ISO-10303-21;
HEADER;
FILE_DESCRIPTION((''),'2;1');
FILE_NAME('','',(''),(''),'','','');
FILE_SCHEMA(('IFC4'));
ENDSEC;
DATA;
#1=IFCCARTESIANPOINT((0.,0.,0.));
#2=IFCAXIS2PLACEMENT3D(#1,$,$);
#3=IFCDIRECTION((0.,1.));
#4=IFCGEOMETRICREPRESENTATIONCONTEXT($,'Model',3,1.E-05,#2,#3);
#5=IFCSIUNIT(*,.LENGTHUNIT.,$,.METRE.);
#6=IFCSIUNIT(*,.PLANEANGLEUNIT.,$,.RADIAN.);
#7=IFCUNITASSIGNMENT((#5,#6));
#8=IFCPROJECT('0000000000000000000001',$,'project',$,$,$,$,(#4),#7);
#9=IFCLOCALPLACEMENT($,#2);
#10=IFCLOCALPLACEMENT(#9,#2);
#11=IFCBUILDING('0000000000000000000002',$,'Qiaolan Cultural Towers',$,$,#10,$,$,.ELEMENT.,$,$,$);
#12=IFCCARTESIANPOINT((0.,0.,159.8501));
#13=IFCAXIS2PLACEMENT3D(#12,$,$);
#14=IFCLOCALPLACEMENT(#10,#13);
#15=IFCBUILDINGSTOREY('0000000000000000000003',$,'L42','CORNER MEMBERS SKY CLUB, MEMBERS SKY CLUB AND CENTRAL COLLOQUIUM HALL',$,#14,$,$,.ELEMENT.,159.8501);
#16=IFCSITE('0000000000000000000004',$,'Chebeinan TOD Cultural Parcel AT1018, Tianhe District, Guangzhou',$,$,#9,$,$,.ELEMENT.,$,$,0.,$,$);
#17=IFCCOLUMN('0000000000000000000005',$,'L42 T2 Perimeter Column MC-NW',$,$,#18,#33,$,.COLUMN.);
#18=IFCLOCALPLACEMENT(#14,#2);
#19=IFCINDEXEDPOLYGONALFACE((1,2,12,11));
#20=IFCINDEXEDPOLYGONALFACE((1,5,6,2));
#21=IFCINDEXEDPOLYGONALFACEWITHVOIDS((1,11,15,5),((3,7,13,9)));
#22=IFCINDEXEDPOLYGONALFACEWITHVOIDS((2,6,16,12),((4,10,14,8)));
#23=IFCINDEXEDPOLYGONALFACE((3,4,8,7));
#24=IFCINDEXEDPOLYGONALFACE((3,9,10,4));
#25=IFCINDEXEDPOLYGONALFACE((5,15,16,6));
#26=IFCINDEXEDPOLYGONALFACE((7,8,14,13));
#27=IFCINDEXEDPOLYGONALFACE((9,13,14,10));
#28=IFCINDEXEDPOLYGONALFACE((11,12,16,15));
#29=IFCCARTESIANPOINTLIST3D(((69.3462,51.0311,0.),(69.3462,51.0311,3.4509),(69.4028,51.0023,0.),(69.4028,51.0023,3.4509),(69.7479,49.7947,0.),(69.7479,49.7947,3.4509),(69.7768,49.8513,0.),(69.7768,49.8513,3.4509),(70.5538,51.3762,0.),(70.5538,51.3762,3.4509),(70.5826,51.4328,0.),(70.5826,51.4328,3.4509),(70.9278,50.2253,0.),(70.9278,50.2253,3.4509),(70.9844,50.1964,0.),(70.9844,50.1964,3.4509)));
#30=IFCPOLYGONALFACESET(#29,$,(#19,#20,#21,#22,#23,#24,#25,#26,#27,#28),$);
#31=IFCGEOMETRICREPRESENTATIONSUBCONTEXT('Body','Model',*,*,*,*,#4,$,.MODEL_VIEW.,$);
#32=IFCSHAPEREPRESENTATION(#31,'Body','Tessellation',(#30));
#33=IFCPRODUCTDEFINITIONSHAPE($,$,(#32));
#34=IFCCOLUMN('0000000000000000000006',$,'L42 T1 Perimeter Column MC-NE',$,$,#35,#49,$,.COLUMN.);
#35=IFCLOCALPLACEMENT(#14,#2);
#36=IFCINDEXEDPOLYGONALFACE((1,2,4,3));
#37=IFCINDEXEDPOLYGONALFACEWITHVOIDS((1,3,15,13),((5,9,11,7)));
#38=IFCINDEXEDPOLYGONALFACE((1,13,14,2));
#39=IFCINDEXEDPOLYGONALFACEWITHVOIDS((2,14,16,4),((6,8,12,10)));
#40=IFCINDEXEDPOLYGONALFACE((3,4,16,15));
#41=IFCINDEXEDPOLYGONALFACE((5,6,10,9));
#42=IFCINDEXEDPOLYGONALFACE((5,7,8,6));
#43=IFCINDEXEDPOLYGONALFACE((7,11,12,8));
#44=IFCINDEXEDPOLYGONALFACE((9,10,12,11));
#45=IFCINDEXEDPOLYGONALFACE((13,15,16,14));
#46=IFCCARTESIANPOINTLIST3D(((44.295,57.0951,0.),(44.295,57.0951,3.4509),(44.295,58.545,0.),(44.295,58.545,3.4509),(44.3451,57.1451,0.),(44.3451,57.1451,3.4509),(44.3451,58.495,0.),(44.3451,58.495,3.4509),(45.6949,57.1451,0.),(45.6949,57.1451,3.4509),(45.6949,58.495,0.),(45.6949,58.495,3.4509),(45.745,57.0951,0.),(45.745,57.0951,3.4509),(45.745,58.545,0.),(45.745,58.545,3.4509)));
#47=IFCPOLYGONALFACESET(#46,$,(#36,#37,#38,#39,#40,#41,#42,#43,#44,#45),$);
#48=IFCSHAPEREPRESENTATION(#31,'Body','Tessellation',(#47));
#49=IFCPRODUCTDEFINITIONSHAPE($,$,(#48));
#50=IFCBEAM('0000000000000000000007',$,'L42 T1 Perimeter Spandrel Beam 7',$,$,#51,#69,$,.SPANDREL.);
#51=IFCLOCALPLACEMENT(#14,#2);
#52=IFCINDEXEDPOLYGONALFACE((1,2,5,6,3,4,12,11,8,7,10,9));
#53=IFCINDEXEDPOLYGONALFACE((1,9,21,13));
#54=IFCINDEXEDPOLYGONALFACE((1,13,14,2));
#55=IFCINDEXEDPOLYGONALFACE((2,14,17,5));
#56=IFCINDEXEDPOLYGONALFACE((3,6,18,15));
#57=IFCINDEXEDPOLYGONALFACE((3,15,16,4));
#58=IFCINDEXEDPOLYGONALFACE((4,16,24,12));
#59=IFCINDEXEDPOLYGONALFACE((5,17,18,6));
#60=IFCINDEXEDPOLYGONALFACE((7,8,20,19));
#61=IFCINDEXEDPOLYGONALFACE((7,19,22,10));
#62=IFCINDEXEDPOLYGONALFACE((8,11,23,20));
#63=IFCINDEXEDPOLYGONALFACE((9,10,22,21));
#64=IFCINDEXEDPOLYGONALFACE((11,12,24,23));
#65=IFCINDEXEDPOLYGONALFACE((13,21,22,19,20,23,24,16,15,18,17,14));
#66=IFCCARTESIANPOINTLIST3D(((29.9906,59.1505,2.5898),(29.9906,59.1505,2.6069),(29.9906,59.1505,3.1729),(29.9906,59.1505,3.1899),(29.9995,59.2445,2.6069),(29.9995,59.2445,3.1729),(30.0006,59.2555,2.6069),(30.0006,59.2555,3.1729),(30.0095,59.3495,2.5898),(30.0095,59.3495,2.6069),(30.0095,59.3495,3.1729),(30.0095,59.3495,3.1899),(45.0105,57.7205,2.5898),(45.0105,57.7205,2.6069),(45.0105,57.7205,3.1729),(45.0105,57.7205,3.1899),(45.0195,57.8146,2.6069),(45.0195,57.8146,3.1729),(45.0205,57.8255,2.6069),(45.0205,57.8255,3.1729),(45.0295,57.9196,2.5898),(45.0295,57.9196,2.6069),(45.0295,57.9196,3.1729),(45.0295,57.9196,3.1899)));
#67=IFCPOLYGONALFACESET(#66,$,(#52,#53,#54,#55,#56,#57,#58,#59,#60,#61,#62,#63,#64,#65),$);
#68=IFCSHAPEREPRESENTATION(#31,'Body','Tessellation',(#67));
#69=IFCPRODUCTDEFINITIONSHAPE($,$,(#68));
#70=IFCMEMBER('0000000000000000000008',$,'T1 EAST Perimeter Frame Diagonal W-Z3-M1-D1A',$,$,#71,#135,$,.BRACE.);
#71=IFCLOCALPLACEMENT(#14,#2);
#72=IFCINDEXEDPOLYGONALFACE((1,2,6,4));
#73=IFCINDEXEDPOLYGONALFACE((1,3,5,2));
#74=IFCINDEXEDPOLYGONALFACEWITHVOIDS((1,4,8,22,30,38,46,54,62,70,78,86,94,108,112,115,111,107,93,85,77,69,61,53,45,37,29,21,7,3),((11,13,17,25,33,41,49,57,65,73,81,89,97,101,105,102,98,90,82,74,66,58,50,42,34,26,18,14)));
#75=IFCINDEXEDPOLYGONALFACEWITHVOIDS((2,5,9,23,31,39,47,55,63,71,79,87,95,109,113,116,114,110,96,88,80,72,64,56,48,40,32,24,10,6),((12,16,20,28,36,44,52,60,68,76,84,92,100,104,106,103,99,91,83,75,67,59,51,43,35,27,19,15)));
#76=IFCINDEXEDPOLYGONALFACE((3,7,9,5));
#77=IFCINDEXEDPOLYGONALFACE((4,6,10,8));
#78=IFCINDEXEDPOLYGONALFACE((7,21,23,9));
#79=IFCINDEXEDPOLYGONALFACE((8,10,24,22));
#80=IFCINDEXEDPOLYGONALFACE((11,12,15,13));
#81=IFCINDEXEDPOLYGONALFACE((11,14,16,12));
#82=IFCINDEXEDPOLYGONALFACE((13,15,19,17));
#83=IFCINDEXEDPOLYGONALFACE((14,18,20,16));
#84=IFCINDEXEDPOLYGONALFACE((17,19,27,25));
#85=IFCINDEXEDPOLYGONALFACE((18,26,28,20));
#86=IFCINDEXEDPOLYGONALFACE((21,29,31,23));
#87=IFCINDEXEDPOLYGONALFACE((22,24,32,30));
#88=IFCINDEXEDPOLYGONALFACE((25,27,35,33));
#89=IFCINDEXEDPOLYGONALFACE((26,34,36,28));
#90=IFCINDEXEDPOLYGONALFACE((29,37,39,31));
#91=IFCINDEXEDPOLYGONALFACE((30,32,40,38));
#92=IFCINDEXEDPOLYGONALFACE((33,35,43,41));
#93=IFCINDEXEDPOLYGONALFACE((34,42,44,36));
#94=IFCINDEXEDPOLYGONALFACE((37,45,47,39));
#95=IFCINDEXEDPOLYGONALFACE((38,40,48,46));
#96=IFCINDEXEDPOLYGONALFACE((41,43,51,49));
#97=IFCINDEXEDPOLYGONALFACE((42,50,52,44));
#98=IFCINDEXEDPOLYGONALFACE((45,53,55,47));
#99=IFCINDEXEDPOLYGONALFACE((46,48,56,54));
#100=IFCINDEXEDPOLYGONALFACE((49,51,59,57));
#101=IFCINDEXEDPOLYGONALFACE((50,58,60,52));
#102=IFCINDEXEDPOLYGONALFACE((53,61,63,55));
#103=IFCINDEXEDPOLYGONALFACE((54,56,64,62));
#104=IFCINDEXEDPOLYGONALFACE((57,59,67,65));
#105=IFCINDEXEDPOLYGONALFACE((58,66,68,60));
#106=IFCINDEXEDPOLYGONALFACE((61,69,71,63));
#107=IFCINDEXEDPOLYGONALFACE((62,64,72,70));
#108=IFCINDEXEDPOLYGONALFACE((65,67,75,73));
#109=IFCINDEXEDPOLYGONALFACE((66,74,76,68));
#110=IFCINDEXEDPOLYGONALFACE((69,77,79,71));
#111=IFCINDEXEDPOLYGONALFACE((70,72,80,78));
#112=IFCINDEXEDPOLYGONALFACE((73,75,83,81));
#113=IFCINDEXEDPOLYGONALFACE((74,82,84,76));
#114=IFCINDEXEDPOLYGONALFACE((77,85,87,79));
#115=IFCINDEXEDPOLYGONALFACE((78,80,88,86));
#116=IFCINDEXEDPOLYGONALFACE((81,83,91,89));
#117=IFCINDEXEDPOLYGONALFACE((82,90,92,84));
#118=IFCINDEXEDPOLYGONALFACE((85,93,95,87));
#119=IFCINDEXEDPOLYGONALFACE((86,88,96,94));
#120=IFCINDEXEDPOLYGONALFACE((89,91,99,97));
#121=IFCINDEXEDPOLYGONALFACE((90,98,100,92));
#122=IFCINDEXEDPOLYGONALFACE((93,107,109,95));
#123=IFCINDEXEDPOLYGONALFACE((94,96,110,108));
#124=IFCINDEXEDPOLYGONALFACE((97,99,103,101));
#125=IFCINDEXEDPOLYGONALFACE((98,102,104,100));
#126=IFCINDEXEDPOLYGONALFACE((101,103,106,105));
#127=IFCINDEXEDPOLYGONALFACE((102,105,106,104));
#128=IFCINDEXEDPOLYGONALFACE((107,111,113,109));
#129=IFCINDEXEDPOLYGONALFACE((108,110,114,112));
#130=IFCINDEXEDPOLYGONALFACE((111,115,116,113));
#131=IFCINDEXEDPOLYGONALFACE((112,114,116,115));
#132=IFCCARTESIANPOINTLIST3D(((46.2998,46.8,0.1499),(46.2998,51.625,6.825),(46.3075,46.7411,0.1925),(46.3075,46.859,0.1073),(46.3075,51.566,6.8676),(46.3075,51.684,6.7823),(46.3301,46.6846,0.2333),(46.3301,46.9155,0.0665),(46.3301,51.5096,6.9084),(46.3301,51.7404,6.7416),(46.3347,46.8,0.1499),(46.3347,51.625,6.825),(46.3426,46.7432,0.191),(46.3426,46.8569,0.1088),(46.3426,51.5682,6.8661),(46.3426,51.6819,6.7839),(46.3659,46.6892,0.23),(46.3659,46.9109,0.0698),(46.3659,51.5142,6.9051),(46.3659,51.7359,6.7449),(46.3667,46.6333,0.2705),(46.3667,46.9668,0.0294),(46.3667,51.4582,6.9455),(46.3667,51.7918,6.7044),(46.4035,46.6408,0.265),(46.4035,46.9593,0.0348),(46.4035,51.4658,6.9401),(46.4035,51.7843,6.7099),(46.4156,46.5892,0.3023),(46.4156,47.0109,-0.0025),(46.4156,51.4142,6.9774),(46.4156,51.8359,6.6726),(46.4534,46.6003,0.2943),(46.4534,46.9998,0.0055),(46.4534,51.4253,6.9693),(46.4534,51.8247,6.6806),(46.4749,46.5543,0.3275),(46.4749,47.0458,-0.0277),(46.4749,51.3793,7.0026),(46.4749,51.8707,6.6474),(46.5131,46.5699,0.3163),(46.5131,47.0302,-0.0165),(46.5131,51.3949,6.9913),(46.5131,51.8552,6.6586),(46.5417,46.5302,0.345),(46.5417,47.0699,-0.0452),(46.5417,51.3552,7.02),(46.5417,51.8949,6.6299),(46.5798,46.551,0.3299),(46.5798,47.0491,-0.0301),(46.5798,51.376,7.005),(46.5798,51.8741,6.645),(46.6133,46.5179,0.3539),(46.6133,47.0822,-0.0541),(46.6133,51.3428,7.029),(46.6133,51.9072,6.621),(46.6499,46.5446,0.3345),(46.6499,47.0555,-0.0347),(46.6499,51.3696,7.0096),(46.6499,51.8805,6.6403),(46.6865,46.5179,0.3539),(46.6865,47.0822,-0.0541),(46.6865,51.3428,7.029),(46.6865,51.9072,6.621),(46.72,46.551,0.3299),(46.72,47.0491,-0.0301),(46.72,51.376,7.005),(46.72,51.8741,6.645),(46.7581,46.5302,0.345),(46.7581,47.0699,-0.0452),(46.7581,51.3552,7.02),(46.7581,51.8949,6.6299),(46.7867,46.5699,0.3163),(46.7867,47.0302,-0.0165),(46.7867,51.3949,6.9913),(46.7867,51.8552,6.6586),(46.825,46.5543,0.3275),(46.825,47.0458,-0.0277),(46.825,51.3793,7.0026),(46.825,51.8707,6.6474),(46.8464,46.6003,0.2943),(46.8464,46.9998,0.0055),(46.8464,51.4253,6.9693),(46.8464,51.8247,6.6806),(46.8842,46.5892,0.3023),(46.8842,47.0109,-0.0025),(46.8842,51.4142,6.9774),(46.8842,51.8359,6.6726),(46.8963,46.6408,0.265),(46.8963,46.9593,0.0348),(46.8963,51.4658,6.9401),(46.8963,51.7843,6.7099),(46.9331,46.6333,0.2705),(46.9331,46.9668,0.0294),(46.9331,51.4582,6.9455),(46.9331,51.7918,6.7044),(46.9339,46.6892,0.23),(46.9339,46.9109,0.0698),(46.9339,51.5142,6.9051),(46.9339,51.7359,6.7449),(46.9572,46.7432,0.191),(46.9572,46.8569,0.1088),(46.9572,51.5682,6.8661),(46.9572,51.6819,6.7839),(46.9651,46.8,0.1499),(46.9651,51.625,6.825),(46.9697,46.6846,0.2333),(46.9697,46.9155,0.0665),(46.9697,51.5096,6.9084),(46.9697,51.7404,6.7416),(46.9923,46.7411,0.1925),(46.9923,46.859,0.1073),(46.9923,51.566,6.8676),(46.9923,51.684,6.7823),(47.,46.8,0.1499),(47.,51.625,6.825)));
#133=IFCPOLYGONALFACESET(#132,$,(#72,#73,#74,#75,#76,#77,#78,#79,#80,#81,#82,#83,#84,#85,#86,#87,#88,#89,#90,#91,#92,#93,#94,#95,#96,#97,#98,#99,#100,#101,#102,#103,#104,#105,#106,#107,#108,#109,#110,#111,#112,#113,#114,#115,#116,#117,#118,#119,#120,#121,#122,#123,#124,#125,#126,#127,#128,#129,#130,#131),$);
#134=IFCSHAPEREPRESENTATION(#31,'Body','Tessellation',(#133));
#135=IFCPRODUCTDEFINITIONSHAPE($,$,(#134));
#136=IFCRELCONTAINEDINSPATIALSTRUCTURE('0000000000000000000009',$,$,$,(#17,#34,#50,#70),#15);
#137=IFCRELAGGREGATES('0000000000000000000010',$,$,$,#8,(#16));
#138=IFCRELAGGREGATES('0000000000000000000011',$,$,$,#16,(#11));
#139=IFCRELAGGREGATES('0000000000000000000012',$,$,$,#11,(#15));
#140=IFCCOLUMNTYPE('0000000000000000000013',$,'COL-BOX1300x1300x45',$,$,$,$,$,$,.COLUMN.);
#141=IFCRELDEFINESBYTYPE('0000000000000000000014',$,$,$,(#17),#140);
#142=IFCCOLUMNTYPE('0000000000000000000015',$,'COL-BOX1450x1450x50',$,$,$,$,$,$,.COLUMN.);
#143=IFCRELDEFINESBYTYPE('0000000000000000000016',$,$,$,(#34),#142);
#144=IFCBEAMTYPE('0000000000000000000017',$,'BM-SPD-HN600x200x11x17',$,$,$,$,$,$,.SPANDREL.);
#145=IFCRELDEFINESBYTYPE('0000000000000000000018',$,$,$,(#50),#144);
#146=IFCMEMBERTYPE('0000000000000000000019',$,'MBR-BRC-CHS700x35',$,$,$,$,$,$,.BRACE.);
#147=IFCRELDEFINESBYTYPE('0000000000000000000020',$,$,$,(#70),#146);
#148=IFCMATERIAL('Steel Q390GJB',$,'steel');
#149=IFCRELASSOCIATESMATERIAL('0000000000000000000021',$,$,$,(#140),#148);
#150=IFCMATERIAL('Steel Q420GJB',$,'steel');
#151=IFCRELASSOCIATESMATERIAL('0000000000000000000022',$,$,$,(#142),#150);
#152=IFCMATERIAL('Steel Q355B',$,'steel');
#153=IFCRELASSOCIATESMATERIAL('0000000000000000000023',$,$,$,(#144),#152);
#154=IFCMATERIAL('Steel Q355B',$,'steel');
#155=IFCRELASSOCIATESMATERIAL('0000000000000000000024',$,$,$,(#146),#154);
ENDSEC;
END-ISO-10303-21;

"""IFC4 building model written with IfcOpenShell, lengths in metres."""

from ifc_helpers import new_model, si_unit, direction, frame, origin, origin_2d, place, context, subcontext, project, spatial, hollow_rectangle, hollow_circle, i_section, extrude, material, material_profile, profile_set, type_object, element, save


model = new_model("IFC4")

# Units and contexts
model_context = context("Model", 3, precision=1e-05, world=origin(), true_north=direction((0.0, 1.0)))
body_context = subcontext(model_context, "Body", "Model", "MODEL_VIEW")
ifc_project = project(units=[si_unit("LENGTHUNIT", "METRE"), si_unit("PLANEANGLEUNIT", "RADIAN")], contexts=[model_context])

# Site, building, storey
site_placement = place(None, origin())
site = spatial("IfcSite", under=ifc_project, at=site_placement, Name="Chebeinan TOD Cultural Parcel AT1018, Tianhe District, Guangzhou", CompositionType="ELEMENT", RefElevation=0.0)
building_placement = place(site_placement, origin())
building = spatial("IfcBuilding", under=site, at=building_placement, Name="Qiaolan Cultural Towers", CompositionType="ELEMENT")
storey_placement = place(building_placement, frame((0.0, 0.0, 159.8501)))
storey = spatial("IfcBuildingStorey", under=building, at=storey_placement, Name="L42", Description="CORNER MEMBERS SKY CLUB, MEMBERS SKY CLUB AND CENTRAL COLLOQUIUM HALL", CompositionType="ELEMENT", Elevation=159.8501)

# Columns
ifc_material_1 = material(Name="Steel Q390GJB", Category="steel")
ifc_material_profile_1 = material_profile(ifc_material_1, hollow_rectangle(XDim=1.3, YDim=1.3, WallThickness=0.0449, at=origin_2d()), Name="BOX1300x1300x45")
ifc_profile_set_1 = profile_set([ifc_material_profile_1], Name="Steel Q390GJB")
column_type_1 = type_object("IfcColumnType", Name="COL-BOX1300x1300x45", PredefinedType="COLUMN", material=ifc_profile_set_1)
column_1_placement = place(storey_placement, frame((70.1653, 50.6138, 0.0), z_axis=(0.0, 0.0, 1.0), x_axis=(0.951057, 0.309017, 0.0)))
element("IfcColumn", 1, at=column_1_placement, inside=storey, type_object=column_type_1, Name="L42 T2 Perimeter Column MC-NW", PredefinedType="COLUMN", context=body_context, shape_type="SweptSolid", body=[
    extrude(hollow_rectangle(XDim=1.3, YDim=1.3, WallThickness=0.0449, at=origin_2d()), origin(), (0.0, 0.0, 1.0), 3.4509),
])
ifc_material_2 = material(Name="Steel Q420GJB", Category="steel")
ifc_material_profile_2 = material_profile(ifc_material_2, hollow_rectangle(XDim=1.45, YDim=1.45, WallThickness=0.05, at=origin_2d()), Name="BOX1450x1450x50")
ifc_profile_set_2 = profile_set([ifc_material_profile_2], Name="Steel Q420GJB")
column_type_2 = type_object("IfcColumnType", Name="COL-BOX1450x1450x50", PredefinedType="COLUMN", material=ifc_profile_set_2)
column_2_placement = place(storey_placement, frame((45.02, 57.8201, 0.0), z_axis=(0.0, 0.0, 1.0), x_axis=(1.0, 0.0, 0.0)))
element("IfcColumn", 2, at=column_2_placement, inside=storey, type_object=column_type_2, Name="L42 T1 Perimeter Column MC-NE", PredefinedType="COLUMN", context=body_context, shape_type="SweptSolid", body=[
    extrude(hollow_rectangle(XDim=1.45, YDim=1.45, WallThickness=0.05, at=origin_2d()), origin(), (0.0, 0.0, 1.0), 3.4509),
])

# Beam
ifc_material_3 = material(Name="Steel Q355B", Category="steel")
ifc_material_profile_3 = material_profile(ifc_material_3, i_section(OverallWidth=0.2, OverallDepth=0.6001, WebThickness=0.011, FlangeThickness=0.0171, at=origin_2d()), Name="HN600x200x11x17")
ifc_profile_set_3 = profile_set([ifc_material_profile_3], Name="Steel Q355B")
beam_type = type_object("IfcBeamType", Name="BM-SPD-HN600x200x11x17", PredefinedType="SPANDREL", material=ifc_profile_set_3)
beam_placement = place(storey_placement, frame((45.02, 57.8201, 2.8899), z_axis=(-0.995499, 0.094773, 0.0), x_axis=(-0.094773, -0.995499, 0.0)))
element("IfcBeam", 3, at=beam_placement, inside=storey, type_object=beam_type, Name="L42 T1 Perimeter Spandrel Beam 7", PredefinedType="SPANDREL", context=body_context, shape_type="SweptSolid", body=[
    extrude(i_section(OverallWidth=0.2, OverallDepth=0.6001, WebThickness=0.011, FlangeThickness=0.0171, at=origin_2d()), origin(), (0.0, 0.0, 1.0), 15.0879),
])

# Member
ifc_material_4 = material(Name="Steel Q355B", Category="steel")
ifc_material_profile_4 = material_profile(ifc_material_4, hollow_circle(Radius=0.3501, WallThickness=0.0349, at=origin_2d()), Name="CHS700x35")
ifc_profile_set_4 = profile_set([ifc_material_profile_4], Name="Steel Q355B")
member_type = type_object("IfcMemberType", Name="MBR-BRC-CHS700x35", PredefinedType="BRACE", material=ifc_profile_set_4)
for number, where, z_axis, x_axis, name in (
    (4, (46.6499, 46.8, 0.1499), (0.0, 0.585816, 0.810444), (-1.0, 0.0, 0.0), "T1 EAST Perimeter Frame Diagonal W-Z3-M1-D1A"),
):
    element("IfcMember", number, at=place(storey_placement, frame(where, z_axis=z_axis, x_axis=x_axis)), inside=storey, type_object=member_type, Name=name, PredefinedType="BRACE", context=body_context, shape_type="SweptSolid", body=[
        extrude(hollow_circle(Radius=0.3501, WallThickness=0.0349, at=origin_2d()), origin(), (0.0, 0.0, 1.0), 8.2363),
    ])

save(model, "model.ifc")
